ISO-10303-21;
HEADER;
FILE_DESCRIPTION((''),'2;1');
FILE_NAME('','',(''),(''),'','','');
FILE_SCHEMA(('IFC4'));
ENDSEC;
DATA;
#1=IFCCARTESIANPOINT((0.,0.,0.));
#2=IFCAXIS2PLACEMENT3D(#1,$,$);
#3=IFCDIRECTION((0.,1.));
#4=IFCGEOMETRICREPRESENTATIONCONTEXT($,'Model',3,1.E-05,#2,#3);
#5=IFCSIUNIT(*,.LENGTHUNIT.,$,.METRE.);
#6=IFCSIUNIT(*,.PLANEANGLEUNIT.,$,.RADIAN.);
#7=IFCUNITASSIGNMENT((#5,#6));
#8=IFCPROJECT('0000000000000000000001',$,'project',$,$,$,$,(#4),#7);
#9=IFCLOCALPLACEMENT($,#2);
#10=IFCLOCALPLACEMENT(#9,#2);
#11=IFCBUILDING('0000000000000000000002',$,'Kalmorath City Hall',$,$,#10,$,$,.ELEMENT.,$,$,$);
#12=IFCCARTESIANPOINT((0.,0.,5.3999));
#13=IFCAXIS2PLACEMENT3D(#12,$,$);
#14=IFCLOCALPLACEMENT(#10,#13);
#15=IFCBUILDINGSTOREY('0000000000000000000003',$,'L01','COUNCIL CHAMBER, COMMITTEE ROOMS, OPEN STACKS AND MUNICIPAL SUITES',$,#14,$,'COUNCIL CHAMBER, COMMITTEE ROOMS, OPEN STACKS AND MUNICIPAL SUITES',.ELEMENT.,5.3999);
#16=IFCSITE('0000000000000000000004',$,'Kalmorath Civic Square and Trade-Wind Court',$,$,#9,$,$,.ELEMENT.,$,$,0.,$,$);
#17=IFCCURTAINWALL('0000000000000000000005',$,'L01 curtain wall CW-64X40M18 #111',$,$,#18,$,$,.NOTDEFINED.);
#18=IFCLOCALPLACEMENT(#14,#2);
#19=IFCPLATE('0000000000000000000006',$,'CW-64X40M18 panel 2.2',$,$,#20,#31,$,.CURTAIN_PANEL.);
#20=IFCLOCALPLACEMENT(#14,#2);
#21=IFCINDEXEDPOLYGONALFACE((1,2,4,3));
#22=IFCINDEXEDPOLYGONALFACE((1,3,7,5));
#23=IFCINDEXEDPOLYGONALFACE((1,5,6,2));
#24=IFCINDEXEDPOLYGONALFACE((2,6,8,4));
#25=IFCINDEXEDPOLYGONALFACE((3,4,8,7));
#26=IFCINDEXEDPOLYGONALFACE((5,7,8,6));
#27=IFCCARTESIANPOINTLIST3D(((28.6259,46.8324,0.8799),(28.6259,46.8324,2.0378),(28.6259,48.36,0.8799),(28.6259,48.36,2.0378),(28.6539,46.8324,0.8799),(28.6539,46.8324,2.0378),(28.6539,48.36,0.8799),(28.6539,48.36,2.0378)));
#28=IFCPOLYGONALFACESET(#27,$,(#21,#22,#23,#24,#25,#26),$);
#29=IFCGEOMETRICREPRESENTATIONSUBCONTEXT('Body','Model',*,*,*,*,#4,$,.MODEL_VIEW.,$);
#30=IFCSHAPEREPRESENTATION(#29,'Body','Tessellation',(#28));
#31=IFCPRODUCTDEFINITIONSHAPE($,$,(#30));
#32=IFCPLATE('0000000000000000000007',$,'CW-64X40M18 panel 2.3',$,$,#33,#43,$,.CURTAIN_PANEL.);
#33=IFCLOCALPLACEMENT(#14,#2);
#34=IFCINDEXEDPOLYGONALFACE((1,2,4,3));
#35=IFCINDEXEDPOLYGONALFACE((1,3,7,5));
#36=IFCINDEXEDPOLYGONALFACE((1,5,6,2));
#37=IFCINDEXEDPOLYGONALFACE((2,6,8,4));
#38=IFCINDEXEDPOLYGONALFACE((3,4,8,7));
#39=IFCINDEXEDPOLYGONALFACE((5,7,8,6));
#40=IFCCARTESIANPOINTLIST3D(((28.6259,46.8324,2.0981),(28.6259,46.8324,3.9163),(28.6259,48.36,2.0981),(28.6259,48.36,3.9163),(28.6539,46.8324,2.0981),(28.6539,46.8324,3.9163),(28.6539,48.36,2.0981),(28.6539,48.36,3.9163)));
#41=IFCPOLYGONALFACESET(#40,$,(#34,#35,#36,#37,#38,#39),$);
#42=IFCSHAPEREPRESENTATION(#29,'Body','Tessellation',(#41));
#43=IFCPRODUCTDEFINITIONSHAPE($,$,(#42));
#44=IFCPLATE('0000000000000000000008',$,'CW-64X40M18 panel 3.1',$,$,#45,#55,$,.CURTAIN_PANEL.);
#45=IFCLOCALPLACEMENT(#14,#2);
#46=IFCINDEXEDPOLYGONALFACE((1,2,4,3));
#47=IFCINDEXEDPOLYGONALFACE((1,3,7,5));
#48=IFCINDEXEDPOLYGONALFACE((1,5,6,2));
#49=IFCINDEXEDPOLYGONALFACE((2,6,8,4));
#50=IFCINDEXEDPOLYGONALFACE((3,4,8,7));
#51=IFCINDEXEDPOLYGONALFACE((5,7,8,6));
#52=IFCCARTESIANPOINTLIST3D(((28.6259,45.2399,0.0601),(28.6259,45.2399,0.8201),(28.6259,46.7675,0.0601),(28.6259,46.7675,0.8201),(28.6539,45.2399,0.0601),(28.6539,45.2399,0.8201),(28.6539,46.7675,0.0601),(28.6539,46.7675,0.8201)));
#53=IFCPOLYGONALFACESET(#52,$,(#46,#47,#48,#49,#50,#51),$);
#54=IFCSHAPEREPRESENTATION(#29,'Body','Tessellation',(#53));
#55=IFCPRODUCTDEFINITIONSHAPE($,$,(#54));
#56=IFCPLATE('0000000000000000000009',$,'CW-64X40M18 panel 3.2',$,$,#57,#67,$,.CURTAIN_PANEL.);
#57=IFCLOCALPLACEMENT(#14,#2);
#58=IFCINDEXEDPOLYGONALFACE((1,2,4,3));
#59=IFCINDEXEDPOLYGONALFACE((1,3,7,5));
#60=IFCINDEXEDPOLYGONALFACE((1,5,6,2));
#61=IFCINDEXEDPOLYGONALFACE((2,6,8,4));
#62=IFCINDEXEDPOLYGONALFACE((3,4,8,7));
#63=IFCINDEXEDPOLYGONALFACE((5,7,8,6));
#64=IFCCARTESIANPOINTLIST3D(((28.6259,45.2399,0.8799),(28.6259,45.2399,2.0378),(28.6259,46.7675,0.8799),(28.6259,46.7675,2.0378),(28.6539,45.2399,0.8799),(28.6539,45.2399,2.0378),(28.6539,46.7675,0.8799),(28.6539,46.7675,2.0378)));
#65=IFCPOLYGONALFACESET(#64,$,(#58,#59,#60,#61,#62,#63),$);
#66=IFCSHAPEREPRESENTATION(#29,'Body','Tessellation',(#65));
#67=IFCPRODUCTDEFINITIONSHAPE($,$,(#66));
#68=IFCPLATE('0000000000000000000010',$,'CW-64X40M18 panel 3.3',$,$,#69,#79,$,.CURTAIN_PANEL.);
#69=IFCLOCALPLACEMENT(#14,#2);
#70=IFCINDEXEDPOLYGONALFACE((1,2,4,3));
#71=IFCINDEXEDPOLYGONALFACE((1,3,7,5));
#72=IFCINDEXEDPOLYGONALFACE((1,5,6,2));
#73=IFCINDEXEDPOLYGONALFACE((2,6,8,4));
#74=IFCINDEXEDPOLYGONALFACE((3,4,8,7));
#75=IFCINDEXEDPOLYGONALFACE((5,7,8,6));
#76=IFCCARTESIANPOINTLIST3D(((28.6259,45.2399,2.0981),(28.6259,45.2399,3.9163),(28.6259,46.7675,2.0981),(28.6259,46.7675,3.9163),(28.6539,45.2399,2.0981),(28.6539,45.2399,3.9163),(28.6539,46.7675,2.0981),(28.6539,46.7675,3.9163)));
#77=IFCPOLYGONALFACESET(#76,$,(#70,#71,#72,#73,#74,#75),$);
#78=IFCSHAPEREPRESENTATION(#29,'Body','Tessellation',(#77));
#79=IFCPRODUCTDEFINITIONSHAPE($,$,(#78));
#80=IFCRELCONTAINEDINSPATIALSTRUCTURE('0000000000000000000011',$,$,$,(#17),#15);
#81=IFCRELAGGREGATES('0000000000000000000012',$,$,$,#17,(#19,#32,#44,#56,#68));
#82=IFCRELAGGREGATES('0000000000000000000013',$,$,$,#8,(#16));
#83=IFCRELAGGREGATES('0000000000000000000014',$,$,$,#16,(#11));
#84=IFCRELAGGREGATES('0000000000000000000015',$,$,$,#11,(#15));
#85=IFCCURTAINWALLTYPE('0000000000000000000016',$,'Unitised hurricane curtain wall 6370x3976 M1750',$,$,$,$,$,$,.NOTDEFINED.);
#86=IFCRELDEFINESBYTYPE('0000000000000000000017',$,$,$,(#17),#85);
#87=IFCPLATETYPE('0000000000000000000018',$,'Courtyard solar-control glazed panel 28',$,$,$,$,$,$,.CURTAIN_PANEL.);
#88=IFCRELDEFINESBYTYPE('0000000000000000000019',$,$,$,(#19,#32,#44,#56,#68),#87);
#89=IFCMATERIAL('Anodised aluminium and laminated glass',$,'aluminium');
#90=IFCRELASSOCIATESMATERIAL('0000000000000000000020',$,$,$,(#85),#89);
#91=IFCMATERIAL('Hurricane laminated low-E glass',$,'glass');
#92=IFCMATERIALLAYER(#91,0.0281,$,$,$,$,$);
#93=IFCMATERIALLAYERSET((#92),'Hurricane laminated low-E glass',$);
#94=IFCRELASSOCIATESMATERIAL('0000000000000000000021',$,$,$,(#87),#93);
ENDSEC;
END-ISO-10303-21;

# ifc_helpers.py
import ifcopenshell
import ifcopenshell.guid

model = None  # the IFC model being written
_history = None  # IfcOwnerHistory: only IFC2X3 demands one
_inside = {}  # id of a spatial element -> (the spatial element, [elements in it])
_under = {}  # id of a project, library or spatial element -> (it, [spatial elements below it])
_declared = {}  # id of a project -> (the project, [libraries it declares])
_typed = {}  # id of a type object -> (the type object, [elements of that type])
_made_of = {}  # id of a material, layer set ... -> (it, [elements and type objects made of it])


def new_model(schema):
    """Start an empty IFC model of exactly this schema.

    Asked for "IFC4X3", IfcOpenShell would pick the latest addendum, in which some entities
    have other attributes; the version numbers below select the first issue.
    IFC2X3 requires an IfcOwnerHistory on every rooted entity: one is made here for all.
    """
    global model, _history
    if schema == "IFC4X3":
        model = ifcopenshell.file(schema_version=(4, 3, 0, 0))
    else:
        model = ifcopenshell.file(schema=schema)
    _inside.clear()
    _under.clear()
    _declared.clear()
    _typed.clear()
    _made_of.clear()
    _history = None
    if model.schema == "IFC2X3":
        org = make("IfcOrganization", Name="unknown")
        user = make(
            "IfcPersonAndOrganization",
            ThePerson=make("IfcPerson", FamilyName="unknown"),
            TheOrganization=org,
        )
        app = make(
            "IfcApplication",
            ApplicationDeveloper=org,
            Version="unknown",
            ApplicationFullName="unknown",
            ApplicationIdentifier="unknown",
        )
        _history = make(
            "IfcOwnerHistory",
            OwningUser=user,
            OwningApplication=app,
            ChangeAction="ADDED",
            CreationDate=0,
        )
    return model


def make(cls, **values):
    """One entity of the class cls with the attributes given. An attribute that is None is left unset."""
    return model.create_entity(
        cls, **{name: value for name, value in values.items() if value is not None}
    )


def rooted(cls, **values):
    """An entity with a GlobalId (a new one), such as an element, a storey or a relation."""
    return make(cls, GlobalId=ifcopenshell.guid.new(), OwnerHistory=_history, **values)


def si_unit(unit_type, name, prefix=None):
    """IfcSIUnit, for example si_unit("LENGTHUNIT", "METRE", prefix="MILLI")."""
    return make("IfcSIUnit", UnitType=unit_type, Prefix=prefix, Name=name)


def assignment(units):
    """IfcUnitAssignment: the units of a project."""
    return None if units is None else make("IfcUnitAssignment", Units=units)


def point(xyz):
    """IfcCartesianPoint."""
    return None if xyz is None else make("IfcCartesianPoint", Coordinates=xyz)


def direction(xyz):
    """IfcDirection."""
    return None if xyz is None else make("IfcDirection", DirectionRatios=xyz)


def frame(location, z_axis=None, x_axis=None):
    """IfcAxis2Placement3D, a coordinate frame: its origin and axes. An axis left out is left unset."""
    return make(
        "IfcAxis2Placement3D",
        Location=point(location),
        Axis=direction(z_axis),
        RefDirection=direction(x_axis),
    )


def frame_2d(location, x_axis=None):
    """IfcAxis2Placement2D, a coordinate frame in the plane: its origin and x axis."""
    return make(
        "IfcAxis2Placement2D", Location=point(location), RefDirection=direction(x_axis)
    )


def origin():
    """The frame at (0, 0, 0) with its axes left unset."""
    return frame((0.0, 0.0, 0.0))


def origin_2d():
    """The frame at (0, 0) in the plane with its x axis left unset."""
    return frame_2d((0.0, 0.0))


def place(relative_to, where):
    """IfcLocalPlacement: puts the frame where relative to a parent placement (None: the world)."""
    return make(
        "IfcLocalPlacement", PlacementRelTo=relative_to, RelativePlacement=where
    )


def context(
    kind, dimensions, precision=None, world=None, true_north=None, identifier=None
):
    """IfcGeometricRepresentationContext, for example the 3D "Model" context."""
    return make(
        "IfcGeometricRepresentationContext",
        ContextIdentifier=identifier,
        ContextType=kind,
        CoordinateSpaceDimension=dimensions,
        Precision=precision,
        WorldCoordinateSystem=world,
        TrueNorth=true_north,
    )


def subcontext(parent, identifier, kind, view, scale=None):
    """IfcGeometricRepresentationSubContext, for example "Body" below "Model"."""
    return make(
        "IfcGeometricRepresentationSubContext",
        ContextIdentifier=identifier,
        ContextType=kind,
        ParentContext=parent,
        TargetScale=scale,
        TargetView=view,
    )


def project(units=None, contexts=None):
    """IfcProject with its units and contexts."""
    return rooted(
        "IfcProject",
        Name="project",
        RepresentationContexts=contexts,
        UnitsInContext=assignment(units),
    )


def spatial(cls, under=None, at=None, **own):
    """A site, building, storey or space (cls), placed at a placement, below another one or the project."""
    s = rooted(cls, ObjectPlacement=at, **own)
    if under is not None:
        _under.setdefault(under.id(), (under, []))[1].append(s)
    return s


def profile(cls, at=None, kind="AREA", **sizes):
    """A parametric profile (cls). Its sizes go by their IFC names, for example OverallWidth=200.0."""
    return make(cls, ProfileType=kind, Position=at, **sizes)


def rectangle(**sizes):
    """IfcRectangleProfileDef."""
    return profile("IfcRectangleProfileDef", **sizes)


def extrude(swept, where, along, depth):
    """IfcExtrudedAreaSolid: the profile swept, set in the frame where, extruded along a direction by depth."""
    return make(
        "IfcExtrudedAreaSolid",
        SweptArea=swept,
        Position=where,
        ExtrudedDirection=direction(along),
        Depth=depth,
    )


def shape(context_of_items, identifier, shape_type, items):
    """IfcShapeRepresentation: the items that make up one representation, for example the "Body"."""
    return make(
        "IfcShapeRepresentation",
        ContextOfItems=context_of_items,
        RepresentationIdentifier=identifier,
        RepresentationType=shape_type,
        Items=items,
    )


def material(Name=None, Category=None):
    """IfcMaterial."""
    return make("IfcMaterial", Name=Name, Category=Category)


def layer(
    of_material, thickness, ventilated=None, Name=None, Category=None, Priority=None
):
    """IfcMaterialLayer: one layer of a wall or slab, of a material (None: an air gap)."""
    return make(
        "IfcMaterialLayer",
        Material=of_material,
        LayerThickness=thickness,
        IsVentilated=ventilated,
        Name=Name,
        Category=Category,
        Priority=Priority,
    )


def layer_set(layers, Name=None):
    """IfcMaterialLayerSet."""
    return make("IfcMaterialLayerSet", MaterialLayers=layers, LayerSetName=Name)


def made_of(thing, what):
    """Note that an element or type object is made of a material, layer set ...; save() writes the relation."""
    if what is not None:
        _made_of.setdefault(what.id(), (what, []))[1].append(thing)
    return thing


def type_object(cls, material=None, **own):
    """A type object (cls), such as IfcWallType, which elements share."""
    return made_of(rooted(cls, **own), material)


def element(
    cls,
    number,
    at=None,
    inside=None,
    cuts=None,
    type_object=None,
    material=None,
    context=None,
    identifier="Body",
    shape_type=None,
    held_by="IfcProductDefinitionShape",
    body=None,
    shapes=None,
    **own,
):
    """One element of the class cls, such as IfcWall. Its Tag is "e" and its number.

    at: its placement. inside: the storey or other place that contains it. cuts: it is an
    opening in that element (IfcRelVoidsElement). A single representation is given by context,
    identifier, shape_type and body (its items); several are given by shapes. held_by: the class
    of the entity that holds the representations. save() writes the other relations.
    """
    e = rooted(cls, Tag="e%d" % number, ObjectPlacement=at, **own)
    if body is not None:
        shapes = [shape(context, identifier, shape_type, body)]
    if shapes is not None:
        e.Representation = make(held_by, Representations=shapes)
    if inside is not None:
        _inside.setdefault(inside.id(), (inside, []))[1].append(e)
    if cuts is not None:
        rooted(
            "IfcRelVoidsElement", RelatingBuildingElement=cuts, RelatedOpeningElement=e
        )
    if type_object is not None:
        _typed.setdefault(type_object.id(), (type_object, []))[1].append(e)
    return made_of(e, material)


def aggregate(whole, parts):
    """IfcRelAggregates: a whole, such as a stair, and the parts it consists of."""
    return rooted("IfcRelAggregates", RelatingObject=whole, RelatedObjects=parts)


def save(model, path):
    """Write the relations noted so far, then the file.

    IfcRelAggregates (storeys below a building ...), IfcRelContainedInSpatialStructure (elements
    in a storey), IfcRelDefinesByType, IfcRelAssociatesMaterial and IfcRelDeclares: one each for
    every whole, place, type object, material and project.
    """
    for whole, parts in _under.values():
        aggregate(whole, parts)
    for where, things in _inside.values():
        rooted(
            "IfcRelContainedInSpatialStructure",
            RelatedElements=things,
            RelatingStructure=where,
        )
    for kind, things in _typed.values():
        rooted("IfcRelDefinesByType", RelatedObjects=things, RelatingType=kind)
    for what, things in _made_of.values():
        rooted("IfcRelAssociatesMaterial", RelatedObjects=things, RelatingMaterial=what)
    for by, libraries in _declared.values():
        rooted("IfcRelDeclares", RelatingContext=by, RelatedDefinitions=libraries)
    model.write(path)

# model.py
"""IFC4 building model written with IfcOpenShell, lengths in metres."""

from ifc_helpers import new_model, si_unit, direction, frame, origin, origin_2d, place, context, subcontext, project, spatial, rectangle, extrude, material, layer, layer_set, type_object, element, aggregate, save


model = new_model("IFC4")

# Units and contexts
model_context = context("Model", 3, precision=1e-05, world=origin(), true_north=direction((0.0, 1.0)))
body_context = subcontext(model_context, "Body", "Model", "MODEL_VIEW")
ifc_project = project(units=[si_unit("LENGTHUNIT", "METRE"), si_unit("PLANEANGLEUNIT", "RADIAN")], contexts=[model_context])

# Site, building, storey
site_placement = place(None, origin())
site = spatial("IfcSite", under=ifc_project, at=site_placement, Name="Kalmorath Civic Square and Trade-Wind Court", CompositionType="ELEMENT", RefElevation=0.0)
building_placement = place(site_placement, origin())
building = spatial("IfcBuilding", under=site, at=building_placement, Name="Kalmorath City Hall", CompositionType="ELEMENT")
storey_placement = place(building_placement, frame((0.0, 0.0, 5.3999)))
storey = spatial("IfcBuildingStorey", under=building, at=storey_placement, Name="L01", Description="COUNCIL CHAMBER, COMMITTEE ROOMS, OPEN STACKS AND MUNICIPAL SUITES", LongName="COUNCIL CHAMBER, COMMITTEE ROOMS, OPEN STACKS AND MUNICIPAL SUITES", CompositionType="ELEMENT", Elevation=5.3999)

# Curtain wall, plates
ifc_material_1 = material(Name="Anodised aluminium and laminated glass", Category="aluminium")
curtain_wall_type = type_object("IfcCurtainWallType", Name="Unitised hurricane curtain wall 6370x3976 M1750", PredefinedType="NOTDEFINED", material=ifc_material_1)
curtain_wall_placement = place(storey_placement, origin())
curtain_wall = element("IfcCurtainWall", 1, at=curtain_wall_placement, inside=storey, type_object=curtain_wall_type, Name="L01 curtain wall CW-64X40M18 #111", PredefinedType="NOTDEFINED")
ifc_material_2 = material(Name="Hurricane laminated low-E glass", Category="glass")
ifc_layer = layer(ifc_material_2, 0.0281)
ifc_layer_set = layer_set([ifc_layer], Name="Hurricane laminated low-E glass")
plate_type = type_object("IfcPlateType", Name="Courtyard solar-control glazed panel 28", PredefinedType="CURTAIN_PANEL", material=ifc_layer_set)
plate_1_placement = place(storey_placement, frame((28.6399, 47.5962, 0.8799), z_axis=(0.0, 0.0, 1.0), x_axis=(0.0, -1.0, 0.0)))
plate_1 = element("IfcPlate", 2, at=plate_1_placement, type_object=plate_type, Name="CW-64X40M18 panel 2.2", PredefinedType="CURTAIN_PANEL", context=body_context, shape_type="SweptSolid", body=[
    extrude(rectangle(XDim=1.5276, YDim=0.0281, at=origin_2d()), origin(), (0.0, 0.0, 1.0), 1.158),
])
plate_2_placement = place(storey_placement, frame((28.6399, 47.5962, 2.0981), z_axis=(0.0, 0.0, 1.0), x_axis=(0.0, -1.0, 0.0)))
plate_2 = element("IfcPlate", 3, at=plate_2_placement, type_object=plate_type, Name="CW-64X40M18 panel 2.3", PredefinedType="CURTAIN_PANEL", context=body_context, shape_type="SweptSolid", body=[
    extrude(rectangle(XDim=1.5276, YDim=0.0281, at=origin_2d()), origin(), (0.0, 0.0, 1.0), 1.8181),
])
plate_3_placement = place(storey_placement, frame((28.6399, 46.0037, 0.0601), z_axis=(0.0, 0.0, 1.0), x_axis=(0.0, -1.0, 0.0)))
plate_3 = element("IfcPlate", 4, at=plate_3_placement, type_object=plate_type, Name="CW-64X40M18 panel 3.1", PredefinedType="CURTAIN_PANEL", context=body_context, shape_type="SweptSolid", body=[
    extrude(rectangle(XDim=1.5276, YDim=0.0281, at=origin_2d()), origin(), (0.0, 0.0, 1.0), 0.76),
])
plate_4_placement = place(storey_placement, frame((28.6399, 46.0037, 0.8799), z_axis=(0.0, 0.0, 1.0), x_axis=(0.0, -1.0, 0.0)))
plate_4 = element("IfcPlate", 5, at=plate_4_placement, type_object=plate_type, Name="CW-64X40M18 panel 3.2", PredefinedType="CURTAIN_PANEL", context=body_context, shape_type="SweptSolid", body=[
    extrude(rectangle(XDim=1.5276, YDim=0.0281, at=origin_2d()), origin(), (0.0, 0.0, 1.0), 1.158),
])
plate_5_placement = place(storey_placement, frame((28.6399, 46.0037, 2.0981), z_axis=(0.0, 0.0, 1.0), x_axis=(0.0, -1.0, 0.0)))
plate_5 = element("IfcPlate", 6, at=plate_5_placement, type_object=plate_type, Name="CW-64X40M18 panel 3.3", PredefinedType="CURTAIN_PANEL", context=body_context, shape_type="SweptSolid", body=[
    extrude(rectangle(XDim=1.5276, YDim=0.0281, at=origin_2d()), origin(), (0.0, 0.0, 1.0), 1.8181),
])
aggregate(curtain_wall, [plate_1, plate_2, plate_3, plate_4, plate_5])

save(model, "model.ifc")
